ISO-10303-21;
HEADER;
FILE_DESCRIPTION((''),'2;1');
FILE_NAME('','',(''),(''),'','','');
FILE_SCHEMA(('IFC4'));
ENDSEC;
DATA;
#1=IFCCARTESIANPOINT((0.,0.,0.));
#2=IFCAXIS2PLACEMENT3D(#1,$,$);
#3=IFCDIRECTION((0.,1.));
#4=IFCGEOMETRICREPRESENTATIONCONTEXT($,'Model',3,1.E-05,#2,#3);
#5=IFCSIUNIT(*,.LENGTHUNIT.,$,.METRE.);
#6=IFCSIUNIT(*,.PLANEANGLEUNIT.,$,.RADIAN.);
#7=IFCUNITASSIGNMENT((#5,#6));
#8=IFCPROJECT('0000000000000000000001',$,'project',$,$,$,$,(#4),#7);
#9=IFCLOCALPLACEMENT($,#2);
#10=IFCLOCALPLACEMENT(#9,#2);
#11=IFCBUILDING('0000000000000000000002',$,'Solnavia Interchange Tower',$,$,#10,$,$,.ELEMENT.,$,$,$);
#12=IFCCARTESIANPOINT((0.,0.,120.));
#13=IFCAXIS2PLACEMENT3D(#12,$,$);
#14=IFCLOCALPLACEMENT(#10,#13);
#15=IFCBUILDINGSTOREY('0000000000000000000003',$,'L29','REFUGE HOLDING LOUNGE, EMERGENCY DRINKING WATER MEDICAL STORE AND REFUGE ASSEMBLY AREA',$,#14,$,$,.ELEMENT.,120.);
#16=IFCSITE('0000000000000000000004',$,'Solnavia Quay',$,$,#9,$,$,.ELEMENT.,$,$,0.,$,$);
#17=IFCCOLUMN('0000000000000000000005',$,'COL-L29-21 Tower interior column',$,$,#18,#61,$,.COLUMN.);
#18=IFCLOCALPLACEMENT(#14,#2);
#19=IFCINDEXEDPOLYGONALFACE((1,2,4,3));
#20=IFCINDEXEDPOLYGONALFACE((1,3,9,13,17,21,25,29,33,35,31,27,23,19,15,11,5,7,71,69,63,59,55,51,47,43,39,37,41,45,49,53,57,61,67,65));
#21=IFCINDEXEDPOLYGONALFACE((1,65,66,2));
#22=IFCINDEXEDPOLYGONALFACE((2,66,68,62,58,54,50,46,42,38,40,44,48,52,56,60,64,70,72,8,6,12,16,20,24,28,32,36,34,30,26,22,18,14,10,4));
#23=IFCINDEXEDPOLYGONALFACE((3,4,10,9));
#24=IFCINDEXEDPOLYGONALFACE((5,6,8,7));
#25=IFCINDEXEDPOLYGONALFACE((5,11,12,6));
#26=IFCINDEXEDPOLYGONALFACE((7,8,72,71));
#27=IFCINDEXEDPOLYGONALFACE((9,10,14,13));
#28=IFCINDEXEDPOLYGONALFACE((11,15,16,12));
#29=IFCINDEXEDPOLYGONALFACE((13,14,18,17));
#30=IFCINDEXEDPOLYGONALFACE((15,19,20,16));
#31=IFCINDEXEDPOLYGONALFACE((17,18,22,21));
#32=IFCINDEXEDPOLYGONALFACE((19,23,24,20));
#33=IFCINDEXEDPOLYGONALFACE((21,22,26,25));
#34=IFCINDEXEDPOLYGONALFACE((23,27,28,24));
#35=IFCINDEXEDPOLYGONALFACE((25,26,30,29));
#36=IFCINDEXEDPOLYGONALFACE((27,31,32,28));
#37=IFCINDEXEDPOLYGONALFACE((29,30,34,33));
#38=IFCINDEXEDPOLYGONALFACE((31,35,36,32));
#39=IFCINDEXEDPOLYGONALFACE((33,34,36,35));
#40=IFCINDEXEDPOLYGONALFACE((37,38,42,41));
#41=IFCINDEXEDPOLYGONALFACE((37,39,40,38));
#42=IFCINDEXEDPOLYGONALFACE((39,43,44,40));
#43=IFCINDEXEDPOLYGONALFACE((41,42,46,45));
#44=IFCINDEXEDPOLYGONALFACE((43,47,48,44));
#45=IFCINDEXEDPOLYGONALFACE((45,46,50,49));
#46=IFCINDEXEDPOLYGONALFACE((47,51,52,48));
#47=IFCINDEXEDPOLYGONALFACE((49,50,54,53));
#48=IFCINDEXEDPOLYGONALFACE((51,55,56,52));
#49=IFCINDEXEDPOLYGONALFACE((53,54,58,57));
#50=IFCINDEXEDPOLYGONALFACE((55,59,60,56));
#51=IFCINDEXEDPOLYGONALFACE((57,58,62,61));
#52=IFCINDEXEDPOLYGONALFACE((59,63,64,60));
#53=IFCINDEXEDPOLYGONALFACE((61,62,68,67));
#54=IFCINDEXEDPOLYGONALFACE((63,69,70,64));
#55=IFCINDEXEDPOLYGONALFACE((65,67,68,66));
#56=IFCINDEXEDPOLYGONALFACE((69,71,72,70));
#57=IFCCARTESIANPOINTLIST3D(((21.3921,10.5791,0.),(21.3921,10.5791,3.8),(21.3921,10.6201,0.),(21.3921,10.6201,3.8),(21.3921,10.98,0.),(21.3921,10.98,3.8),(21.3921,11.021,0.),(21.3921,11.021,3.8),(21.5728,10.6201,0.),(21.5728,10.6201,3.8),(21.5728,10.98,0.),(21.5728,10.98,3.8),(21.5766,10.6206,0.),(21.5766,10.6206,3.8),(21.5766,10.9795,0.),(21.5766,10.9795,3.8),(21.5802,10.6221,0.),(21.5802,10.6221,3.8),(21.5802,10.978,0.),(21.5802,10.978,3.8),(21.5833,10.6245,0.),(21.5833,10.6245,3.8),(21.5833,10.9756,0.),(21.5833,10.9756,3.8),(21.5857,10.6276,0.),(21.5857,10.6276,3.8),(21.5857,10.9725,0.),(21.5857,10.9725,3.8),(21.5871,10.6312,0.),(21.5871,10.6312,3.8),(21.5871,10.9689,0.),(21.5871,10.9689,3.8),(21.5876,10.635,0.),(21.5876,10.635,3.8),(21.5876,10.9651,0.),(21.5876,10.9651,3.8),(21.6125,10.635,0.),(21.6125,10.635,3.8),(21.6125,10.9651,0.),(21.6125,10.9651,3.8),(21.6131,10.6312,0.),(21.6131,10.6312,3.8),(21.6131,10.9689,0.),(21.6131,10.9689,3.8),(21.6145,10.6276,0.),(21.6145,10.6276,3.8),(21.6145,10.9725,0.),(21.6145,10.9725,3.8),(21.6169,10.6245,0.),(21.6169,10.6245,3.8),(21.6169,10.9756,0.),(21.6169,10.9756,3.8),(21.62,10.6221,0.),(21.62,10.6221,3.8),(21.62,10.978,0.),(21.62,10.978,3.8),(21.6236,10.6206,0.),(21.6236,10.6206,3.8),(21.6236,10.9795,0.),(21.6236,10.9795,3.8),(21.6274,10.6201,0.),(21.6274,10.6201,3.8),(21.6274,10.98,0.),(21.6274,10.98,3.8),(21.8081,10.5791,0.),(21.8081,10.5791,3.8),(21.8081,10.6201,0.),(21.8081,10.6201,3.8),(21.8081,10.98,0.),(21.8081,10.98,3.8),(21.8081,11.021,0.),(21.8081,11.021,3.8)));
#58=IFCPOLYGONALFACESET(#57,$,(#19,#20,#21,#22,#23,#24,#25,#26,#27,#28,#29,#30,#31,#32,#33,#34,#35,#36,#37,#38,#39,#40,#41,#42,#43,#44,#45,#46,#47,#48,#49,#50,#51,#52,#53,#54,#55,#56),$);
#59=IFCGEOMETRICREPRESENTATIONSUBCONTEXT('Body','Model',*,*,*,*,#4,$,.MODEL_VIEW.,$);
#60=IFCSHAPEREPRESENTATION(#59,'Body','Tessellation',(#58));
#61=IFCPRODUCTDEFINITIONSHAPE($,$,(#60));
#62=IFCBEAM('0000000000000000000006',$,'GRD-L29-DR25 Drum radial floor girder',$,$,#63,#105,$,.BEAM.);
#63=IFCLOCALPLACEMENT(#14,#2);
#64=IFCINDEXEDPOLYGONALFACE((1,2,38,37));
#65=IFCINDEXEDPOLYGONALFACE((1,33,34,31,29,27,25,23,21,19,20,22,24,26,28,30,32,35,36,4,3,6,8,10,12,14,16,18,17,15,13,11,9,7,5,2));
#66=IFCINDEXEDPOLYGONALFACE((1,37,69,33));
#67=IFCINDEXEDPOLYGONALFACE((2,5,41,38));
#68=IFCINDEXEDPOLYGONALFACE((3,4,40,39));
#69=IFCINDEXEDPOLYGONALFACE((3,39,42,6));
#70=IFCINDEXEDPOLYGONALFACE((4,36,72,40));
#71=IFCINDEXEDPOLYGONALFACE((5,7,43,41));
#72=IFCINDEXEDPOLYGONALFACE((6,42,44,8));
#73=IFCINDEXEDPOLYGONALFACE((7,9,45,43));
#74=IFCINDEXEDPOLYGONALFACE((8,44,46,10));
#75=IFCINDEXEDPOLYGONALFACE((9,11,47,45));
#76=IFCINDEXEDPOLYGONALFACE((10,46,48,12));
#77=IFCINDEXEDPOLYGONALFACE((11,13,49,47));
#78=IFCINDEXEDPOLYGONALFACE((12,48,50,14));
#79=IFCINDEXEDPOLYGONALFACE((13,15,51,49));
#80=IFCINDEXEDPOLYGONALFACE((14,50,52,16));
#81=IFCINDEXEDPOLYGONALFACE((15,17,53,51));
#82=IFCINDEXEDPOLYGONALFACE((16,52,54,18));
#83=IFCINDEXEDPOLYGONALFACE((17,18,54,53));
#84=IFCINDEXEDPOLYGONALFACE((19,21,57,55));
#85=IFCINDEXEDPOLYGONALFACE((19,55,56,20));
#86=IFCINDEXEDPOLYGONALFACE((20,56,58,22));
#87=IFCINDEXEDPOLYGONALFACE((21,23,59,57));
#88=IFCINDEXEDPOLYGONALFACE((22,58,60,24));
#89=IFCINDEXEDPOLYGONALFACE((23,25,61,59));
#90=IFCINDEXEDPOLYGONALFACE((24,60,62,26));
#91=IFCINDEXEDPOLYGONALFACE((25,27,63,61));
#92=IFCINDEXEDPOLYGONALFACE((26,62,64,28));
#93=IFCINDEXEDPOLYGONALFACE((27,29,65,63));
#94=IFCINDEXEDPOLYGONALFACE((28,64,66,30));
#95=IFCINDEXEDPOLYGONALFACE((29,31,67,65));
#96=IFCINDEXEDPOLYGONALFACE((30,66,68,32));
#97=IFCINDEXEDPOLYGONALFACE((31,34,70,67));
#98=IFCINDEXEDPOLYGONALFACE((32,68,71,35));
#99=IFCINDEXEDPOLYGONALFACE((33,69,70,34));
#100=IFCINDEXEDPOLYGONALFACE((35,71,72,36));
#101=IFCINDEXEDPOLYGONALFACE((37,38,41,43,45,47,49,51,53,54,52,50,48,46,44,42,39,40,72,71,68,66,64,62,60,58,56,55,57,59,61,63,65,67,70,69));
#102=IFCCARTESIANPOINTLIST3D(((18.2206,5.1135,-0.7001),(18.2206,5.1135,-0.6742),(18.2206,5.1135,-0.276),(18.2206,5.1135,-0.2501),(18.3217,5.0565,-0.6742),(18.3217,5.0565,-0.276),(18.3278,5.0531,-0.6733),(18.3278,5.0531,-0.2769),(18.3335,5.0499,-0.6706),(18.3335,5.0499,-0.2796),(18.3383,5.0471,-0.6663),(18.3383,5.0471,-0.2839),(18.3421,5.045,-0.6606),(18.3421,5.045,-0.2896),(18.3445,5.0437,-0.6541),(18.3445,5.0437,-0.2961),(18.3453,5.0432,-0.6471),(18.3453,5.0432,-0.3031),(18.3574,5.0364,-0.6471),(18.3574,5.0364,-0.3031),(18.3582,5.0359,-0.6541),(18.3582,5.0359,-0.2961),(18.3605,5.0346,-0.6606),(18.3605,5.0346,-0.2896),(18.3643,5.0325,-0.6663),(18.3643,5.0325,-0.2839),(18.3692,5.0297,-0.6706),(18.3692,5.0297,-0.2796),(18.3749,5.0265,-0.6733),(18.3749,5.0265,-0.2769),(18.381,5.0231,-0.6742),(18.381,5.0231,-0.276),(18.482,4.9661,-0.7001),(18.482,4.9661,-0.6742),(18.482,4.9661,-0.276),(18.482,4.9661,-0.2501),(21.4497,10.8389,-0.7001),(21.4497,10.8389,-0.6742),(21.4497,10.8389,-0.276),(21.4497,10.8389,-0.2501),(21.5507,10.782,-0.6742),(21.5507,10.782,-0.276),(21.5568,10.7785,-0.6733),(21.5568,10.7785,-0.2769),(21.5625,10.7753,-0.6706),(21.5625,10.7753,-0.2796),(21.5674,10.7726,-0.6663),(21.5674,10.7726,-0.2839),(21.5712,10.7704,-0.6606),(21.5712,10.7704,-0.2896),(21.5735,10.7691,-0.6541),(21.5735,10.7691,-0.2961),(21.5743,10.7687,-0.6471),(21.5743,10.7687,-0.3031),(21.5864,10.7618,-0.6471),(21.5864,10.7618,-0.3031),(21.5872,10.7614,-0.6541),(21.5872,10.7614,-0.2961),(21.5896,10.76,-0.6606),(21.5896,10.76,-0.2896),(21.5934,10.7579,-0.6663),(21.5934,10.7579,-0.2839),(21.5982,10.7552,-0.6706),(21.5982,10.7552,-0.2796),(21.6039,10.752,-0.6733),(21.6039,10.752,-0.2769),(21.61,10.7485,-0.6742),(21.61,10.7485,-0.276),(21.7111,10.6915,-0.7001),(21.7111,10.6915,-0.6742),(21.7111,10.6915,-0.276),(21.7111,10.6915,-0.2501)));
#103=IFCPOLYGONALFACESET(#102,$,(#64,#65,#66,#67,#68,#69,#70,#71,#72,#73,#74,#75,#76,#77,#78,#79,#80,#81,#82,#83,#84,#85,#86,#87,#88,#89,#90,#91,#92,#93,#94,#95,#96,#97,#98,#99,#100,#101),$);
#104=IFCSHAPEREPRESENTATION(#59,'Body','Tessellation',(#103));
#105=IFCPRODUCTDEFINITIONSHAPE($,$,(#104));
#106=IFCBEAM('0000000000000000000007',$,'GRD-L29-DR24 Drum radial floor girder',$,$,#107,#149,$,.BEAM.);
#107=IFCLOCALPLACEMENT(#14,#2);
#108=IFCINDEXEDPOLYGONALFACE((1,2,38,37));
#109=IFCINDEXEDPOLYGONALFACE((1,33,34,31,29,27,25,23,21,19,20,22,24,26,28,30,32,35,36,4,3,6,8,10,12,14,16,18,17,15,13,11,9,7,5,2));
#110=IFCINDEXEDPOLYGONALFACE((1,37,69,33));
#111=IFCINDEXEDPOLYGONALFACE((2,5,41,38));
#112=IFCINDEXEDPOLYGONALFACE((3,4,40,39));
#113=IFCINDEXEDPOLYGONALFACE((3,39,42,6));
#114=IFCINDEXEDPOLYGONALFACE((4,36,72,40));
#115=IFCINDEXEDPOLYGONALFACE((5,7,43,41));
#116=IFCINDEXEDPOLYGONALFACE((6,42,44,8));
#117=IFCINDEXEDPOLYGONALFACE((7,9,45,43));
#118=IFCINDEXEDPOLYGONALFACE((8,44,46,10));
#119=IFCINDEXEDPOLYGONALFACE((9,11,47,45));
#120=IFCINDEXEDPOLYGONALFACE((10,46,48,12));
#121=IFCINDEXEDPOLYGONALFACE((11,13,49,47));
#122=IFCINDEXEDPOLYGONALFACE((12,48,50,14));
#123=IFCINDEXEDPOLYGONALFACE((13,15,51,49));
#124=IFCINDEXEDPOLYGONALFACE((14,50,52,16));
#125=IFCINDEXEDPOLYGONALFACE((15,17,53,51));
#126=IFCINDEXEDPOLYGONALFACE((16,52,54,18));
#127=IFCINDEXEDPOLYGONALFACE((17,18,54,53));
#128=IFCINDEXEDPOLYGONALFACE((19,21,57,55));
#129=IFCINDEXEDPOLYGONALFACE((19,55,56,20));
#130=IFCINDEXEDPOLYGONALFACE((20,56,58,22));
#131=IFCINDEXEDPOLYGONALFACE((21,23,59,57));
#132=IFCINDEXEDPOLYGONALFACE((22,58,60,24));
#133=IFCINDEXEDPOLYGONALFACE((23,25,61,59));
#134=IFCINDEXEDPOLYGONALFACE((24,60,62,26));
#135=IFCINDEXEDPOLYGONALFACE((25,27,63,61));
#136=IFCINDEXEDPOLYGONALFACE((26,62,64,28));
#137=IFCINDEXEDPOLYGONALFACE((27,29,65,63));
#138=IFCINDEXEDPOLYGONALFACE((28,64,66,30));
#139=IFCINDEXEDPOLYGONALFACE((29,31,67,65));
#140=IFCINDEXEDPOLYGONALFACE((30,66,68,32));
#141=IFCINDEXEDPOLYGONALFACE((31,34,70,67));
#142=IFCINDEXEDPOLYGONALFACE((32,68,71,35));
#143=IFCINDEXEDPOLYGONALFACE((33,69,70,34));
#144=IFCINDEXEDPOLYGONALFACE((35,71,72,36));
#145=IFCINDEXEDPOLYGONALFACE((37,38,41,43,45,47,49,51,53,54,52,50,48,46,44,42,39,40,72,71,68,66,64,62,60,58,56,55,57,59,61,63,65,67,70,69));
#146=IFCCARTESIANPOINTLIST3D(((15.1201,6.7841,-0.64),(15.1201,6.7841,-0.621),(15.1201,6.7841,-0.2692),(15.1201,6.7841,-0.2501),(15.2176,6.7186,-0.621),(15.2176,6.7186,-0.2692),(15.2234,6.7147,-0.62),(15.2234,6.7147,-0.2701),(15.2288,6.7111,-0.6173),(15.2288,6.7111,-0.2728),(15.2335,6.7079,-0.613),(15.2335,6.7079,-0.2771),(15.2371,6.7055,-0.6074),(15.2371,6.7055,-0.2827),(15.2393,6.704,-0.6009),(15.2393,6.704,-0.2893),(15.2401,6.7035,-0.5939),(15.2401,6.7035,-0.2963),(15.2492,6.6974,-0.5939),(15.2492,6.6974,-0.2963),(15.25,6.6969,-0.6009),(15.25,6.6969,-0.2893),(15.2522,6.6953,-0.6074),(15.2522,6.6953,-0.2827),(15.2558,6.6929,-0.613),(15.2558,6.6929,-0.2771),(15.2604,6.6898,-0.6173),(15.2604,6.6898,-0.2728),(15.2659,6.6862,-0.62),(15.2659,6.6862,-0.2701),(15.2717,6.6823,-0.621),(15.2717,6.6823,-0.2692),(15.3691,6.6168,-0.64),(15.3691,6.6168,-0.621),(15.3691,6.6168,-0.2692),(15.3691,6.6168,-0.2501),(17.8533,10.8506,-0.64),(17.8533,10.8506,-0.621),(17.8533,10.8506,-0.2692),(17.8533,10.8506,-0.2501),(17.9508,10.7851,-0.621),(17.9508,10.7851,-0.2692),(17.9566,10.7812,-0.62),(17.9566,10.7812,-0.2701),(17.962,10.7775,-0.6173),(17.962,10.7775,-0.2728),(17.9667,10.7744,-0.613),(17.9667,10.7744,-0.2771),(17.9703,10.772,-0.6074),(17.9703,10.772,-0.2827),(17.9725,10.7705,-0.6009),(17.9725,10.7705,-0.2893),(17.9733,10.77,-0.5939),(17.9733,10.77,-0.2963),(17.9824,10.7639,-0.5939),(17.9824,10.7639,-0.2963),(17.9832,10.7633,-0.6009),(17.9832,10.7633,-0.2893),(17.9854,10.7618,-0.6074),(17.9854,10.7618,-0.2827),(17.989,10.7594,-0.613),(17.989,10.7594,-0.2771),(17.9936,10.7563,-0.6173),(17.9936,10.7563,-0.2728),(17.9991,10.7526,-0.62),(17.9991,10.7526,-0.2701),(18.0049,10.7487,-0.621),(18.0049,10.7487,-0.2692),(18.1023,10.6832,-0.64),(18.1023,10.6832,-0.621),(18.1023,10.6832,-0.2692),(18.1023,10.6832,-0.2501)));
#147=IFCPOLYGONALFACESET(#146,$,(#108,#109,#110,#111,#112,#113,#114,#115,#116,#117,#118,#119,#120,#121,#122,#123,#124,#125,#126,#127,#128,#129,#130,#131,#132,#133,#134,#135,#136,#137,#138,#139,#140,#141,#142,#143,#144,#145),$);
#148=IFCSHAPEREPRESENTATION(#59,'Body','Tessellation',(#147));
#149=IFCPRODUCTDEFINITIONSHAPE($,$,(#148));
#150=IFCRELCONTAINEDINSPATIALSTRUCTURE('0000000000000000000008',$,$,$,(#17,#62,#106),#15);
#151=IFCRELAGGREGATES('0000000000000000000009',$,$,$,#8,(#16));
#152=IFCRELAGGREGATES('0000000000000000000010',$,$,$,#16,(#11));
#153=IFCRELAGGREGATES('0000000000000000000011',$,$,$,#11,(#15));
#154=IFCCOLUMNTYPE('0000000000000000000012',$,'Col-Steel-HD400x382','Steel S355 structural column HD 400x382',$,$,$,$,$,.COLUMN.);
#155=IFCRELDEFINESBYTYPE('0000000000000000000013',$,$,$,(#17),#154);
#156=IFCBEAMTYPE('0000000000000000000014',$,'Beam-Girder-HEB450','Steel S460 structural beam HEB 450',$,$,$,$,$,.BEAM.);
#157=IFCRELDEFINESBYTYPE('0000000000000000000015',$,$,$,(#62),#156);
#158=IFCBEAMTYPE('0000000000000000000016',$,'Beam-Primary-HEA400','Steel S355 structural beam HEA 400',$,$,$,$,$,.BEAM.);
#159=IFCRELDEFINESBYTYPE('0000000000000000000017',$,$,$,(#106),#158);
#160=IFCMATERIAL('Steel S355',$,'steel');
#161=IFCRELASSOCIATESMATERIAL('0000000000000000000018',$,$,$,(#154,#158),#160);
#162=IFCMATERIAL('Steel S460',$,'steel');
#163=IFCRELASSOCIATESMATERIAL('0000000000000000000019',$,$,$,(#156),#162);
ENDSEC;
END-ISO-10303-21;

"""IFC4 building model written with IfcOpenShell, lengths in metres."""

from ifc_helpers import new_model, si_unit, direction, frame, origin, origin_2d, place, context, subcontext, project, spatial, i_section, extrude, material, material_profile, profile_set, type_object, element, save


model = new_model("IFC4")

# Units and contexts
model_context = context("Model", 3, precision=1e-05, world=origin(), true_north=direction((0.0, 1.0)))
body_context = subcontext(model_context, "Body", "Model", "MODEL_VIEW")
ifc_project = project(units=[si_unit("LENGTHUNIT", "METRE"), si_unit("PLANEANGLEUNIT", "RADIAN")], contexts=[model_context])

# Site, building, storey
site_placement = place(None, origin())
site = spatial("IfcSite", under=ifc_project, at=site_placement, Name="Solnavia Quay", CompositionType="ELEMENT", RefElevation=0.0)
building_placement = place(site_placement, origin())
building = spatial("IfcBuilding", under=site, at=building_placement, Name="Solnavia Interchange Tower", CompositionType="ELEMENT")
storey_placement = place(building_placement, frame((0.0, 0.0, 120.0)))
storey = spatial("IfcBuildingStorey", under=building, at=storey_placement, Name="L29", Description="REFUGE HOLDING LOUNGE, EMERGENCY DRINKING WATER MEDICAL STORE AND REFUGE ASSEMBLY AREA", CompositionType="ELEMENT", Elevation=120.0)

# Column
ifc_material_1 = material(Name="Steel S355", Category="steel")
ifc_material_profile_1 = material_profile(ifc_material_1, i_section(OverallWidth=0.416, OverallDepth=0.4419, WebThickness=0.0249, FlangeThickness=0.041, FilletRadius=0.0149, at=origin_2d()), Name="HD 400x382")
ifc_profile_set_1 = profile_set([ifc_material_profile_1], Name="Steel S355")
column_type_1 = type_object("IfcColumnType", Name="Col-Steel-HD400x382", Description="Steel S355 structural column HD 400x382", PredefinedType="COLUMN", material=ifc_profile_set_1)
column_placement = place(storey_placement, frame((21.6001, 10.8, 0.0), z_axis=(0.0, 0.0, 1.0), x_axis=(1.0, 0.0, 0.0)))
element("IfcColumn", 1, at=column_placement, inside=storey, type_object=column_type_1, Name="COL-L29-21 Tower interior column", PredefinedType="COLUMN", context=body_context, shape_type="SweptSolid", body=[
    extrude(i_section(OverallWidth=0.416, OverallDepth=0.4419, WebThickness=0.0249, FlangeThickness=0.041, FilletRadius=0.0149, at=origin_2d()), origin(), (0.0, 0.0, 1.0), 3.8),
])

# Beams
ifc_material_2 = material(Name="Steel S460", Category="steel")
ifc_material_profile_2 = material_profile(ifc_material_2, i_section(OverallWidth=0.3, OverallDepth=0.45, WebThickness=0.0139, FlangeThickness=0.0259, FilletRadius=0.0271, at=origin_2d()), Name="HEB 450")
ifc_profile_set_2 = profile_set([ifc_material_profile_2], Name="Steel S460")
beam_type_1 = type_object("IfcBeamType", Name="Beam-Girder-HEB450", Description="Steel S460 structural beam HEB 450", PredefinedType="BEAM", material=ifc_profile_set_2)
beam_1_placement = place(storey_placement, frame((18.3513, 5.0398, -0.4751), z_axis=(0.491243, 0.871022, 0.0), x_axis=(-0.871022, 0.491243, 0.0)))
element("IfcBeam", 2, at=beam_1_placement, inside=storey, type_object=beam_type_1, Name="GRD-L29-DR25 Drum radial floor girder", PredefinedType="BEAM", context=body_context, shape_type="SweptSolid", body=[
    extrude(i_section(OverallWidth=0.3, OverallDepth=0.45, WebThickness=0.0139, FlangeThickness=0.0259, FilletRadius=0.0271, at=origin_2d()), origin(), (0.0, 0.0, 1.0), 6.5732),
])
ifc_material_profile_3 = material_profile(ifc_material_1, i_section(OverallWidth=0.3, OverallDepth=0.3899, WebThickness=0.011, FlangeThickness=0.019, FilletRadius=0.0271, at=origin_2d()), Name="HEA 400")
ifc_profile_set_3 = profile_set([ifc_material_profile_3], Name="Steel S355")
beam_type_2 = type_object("IfcBeamType", Name="Beam-Primary-HEA400", Description="Steel S355 structural beam HEA 400", PredefinedType="BEAM", material=ifc_profile_set_3)
beam_2_placement = place(storey_placement, frame((15.2446, 6.7004, -0.4451), z_axis=(0.557835, 0.829952, 0.0), x_axis=(-0.829952, 0.557835, 0.0)))
element("IfcBeam", 3, at=beam_2_placement, inside=storey, type_object=beam_type_2, Name="GRD-L29-DR24 Drum radial floor girder", PredefinedType="BEAM", context=body_context, shape_type="SweptSolid", body=[
    extrude(i_section(OverallWidth=0.3, OverallDepth=0.3899, WebThickness=0.011, FlangeThickness=0.019, FilletRadius=0.0271, at=origin_2d()), origin(), (0.0, 0.0, 1.0), 4.8997),
])

save(model, "model.ifc")
